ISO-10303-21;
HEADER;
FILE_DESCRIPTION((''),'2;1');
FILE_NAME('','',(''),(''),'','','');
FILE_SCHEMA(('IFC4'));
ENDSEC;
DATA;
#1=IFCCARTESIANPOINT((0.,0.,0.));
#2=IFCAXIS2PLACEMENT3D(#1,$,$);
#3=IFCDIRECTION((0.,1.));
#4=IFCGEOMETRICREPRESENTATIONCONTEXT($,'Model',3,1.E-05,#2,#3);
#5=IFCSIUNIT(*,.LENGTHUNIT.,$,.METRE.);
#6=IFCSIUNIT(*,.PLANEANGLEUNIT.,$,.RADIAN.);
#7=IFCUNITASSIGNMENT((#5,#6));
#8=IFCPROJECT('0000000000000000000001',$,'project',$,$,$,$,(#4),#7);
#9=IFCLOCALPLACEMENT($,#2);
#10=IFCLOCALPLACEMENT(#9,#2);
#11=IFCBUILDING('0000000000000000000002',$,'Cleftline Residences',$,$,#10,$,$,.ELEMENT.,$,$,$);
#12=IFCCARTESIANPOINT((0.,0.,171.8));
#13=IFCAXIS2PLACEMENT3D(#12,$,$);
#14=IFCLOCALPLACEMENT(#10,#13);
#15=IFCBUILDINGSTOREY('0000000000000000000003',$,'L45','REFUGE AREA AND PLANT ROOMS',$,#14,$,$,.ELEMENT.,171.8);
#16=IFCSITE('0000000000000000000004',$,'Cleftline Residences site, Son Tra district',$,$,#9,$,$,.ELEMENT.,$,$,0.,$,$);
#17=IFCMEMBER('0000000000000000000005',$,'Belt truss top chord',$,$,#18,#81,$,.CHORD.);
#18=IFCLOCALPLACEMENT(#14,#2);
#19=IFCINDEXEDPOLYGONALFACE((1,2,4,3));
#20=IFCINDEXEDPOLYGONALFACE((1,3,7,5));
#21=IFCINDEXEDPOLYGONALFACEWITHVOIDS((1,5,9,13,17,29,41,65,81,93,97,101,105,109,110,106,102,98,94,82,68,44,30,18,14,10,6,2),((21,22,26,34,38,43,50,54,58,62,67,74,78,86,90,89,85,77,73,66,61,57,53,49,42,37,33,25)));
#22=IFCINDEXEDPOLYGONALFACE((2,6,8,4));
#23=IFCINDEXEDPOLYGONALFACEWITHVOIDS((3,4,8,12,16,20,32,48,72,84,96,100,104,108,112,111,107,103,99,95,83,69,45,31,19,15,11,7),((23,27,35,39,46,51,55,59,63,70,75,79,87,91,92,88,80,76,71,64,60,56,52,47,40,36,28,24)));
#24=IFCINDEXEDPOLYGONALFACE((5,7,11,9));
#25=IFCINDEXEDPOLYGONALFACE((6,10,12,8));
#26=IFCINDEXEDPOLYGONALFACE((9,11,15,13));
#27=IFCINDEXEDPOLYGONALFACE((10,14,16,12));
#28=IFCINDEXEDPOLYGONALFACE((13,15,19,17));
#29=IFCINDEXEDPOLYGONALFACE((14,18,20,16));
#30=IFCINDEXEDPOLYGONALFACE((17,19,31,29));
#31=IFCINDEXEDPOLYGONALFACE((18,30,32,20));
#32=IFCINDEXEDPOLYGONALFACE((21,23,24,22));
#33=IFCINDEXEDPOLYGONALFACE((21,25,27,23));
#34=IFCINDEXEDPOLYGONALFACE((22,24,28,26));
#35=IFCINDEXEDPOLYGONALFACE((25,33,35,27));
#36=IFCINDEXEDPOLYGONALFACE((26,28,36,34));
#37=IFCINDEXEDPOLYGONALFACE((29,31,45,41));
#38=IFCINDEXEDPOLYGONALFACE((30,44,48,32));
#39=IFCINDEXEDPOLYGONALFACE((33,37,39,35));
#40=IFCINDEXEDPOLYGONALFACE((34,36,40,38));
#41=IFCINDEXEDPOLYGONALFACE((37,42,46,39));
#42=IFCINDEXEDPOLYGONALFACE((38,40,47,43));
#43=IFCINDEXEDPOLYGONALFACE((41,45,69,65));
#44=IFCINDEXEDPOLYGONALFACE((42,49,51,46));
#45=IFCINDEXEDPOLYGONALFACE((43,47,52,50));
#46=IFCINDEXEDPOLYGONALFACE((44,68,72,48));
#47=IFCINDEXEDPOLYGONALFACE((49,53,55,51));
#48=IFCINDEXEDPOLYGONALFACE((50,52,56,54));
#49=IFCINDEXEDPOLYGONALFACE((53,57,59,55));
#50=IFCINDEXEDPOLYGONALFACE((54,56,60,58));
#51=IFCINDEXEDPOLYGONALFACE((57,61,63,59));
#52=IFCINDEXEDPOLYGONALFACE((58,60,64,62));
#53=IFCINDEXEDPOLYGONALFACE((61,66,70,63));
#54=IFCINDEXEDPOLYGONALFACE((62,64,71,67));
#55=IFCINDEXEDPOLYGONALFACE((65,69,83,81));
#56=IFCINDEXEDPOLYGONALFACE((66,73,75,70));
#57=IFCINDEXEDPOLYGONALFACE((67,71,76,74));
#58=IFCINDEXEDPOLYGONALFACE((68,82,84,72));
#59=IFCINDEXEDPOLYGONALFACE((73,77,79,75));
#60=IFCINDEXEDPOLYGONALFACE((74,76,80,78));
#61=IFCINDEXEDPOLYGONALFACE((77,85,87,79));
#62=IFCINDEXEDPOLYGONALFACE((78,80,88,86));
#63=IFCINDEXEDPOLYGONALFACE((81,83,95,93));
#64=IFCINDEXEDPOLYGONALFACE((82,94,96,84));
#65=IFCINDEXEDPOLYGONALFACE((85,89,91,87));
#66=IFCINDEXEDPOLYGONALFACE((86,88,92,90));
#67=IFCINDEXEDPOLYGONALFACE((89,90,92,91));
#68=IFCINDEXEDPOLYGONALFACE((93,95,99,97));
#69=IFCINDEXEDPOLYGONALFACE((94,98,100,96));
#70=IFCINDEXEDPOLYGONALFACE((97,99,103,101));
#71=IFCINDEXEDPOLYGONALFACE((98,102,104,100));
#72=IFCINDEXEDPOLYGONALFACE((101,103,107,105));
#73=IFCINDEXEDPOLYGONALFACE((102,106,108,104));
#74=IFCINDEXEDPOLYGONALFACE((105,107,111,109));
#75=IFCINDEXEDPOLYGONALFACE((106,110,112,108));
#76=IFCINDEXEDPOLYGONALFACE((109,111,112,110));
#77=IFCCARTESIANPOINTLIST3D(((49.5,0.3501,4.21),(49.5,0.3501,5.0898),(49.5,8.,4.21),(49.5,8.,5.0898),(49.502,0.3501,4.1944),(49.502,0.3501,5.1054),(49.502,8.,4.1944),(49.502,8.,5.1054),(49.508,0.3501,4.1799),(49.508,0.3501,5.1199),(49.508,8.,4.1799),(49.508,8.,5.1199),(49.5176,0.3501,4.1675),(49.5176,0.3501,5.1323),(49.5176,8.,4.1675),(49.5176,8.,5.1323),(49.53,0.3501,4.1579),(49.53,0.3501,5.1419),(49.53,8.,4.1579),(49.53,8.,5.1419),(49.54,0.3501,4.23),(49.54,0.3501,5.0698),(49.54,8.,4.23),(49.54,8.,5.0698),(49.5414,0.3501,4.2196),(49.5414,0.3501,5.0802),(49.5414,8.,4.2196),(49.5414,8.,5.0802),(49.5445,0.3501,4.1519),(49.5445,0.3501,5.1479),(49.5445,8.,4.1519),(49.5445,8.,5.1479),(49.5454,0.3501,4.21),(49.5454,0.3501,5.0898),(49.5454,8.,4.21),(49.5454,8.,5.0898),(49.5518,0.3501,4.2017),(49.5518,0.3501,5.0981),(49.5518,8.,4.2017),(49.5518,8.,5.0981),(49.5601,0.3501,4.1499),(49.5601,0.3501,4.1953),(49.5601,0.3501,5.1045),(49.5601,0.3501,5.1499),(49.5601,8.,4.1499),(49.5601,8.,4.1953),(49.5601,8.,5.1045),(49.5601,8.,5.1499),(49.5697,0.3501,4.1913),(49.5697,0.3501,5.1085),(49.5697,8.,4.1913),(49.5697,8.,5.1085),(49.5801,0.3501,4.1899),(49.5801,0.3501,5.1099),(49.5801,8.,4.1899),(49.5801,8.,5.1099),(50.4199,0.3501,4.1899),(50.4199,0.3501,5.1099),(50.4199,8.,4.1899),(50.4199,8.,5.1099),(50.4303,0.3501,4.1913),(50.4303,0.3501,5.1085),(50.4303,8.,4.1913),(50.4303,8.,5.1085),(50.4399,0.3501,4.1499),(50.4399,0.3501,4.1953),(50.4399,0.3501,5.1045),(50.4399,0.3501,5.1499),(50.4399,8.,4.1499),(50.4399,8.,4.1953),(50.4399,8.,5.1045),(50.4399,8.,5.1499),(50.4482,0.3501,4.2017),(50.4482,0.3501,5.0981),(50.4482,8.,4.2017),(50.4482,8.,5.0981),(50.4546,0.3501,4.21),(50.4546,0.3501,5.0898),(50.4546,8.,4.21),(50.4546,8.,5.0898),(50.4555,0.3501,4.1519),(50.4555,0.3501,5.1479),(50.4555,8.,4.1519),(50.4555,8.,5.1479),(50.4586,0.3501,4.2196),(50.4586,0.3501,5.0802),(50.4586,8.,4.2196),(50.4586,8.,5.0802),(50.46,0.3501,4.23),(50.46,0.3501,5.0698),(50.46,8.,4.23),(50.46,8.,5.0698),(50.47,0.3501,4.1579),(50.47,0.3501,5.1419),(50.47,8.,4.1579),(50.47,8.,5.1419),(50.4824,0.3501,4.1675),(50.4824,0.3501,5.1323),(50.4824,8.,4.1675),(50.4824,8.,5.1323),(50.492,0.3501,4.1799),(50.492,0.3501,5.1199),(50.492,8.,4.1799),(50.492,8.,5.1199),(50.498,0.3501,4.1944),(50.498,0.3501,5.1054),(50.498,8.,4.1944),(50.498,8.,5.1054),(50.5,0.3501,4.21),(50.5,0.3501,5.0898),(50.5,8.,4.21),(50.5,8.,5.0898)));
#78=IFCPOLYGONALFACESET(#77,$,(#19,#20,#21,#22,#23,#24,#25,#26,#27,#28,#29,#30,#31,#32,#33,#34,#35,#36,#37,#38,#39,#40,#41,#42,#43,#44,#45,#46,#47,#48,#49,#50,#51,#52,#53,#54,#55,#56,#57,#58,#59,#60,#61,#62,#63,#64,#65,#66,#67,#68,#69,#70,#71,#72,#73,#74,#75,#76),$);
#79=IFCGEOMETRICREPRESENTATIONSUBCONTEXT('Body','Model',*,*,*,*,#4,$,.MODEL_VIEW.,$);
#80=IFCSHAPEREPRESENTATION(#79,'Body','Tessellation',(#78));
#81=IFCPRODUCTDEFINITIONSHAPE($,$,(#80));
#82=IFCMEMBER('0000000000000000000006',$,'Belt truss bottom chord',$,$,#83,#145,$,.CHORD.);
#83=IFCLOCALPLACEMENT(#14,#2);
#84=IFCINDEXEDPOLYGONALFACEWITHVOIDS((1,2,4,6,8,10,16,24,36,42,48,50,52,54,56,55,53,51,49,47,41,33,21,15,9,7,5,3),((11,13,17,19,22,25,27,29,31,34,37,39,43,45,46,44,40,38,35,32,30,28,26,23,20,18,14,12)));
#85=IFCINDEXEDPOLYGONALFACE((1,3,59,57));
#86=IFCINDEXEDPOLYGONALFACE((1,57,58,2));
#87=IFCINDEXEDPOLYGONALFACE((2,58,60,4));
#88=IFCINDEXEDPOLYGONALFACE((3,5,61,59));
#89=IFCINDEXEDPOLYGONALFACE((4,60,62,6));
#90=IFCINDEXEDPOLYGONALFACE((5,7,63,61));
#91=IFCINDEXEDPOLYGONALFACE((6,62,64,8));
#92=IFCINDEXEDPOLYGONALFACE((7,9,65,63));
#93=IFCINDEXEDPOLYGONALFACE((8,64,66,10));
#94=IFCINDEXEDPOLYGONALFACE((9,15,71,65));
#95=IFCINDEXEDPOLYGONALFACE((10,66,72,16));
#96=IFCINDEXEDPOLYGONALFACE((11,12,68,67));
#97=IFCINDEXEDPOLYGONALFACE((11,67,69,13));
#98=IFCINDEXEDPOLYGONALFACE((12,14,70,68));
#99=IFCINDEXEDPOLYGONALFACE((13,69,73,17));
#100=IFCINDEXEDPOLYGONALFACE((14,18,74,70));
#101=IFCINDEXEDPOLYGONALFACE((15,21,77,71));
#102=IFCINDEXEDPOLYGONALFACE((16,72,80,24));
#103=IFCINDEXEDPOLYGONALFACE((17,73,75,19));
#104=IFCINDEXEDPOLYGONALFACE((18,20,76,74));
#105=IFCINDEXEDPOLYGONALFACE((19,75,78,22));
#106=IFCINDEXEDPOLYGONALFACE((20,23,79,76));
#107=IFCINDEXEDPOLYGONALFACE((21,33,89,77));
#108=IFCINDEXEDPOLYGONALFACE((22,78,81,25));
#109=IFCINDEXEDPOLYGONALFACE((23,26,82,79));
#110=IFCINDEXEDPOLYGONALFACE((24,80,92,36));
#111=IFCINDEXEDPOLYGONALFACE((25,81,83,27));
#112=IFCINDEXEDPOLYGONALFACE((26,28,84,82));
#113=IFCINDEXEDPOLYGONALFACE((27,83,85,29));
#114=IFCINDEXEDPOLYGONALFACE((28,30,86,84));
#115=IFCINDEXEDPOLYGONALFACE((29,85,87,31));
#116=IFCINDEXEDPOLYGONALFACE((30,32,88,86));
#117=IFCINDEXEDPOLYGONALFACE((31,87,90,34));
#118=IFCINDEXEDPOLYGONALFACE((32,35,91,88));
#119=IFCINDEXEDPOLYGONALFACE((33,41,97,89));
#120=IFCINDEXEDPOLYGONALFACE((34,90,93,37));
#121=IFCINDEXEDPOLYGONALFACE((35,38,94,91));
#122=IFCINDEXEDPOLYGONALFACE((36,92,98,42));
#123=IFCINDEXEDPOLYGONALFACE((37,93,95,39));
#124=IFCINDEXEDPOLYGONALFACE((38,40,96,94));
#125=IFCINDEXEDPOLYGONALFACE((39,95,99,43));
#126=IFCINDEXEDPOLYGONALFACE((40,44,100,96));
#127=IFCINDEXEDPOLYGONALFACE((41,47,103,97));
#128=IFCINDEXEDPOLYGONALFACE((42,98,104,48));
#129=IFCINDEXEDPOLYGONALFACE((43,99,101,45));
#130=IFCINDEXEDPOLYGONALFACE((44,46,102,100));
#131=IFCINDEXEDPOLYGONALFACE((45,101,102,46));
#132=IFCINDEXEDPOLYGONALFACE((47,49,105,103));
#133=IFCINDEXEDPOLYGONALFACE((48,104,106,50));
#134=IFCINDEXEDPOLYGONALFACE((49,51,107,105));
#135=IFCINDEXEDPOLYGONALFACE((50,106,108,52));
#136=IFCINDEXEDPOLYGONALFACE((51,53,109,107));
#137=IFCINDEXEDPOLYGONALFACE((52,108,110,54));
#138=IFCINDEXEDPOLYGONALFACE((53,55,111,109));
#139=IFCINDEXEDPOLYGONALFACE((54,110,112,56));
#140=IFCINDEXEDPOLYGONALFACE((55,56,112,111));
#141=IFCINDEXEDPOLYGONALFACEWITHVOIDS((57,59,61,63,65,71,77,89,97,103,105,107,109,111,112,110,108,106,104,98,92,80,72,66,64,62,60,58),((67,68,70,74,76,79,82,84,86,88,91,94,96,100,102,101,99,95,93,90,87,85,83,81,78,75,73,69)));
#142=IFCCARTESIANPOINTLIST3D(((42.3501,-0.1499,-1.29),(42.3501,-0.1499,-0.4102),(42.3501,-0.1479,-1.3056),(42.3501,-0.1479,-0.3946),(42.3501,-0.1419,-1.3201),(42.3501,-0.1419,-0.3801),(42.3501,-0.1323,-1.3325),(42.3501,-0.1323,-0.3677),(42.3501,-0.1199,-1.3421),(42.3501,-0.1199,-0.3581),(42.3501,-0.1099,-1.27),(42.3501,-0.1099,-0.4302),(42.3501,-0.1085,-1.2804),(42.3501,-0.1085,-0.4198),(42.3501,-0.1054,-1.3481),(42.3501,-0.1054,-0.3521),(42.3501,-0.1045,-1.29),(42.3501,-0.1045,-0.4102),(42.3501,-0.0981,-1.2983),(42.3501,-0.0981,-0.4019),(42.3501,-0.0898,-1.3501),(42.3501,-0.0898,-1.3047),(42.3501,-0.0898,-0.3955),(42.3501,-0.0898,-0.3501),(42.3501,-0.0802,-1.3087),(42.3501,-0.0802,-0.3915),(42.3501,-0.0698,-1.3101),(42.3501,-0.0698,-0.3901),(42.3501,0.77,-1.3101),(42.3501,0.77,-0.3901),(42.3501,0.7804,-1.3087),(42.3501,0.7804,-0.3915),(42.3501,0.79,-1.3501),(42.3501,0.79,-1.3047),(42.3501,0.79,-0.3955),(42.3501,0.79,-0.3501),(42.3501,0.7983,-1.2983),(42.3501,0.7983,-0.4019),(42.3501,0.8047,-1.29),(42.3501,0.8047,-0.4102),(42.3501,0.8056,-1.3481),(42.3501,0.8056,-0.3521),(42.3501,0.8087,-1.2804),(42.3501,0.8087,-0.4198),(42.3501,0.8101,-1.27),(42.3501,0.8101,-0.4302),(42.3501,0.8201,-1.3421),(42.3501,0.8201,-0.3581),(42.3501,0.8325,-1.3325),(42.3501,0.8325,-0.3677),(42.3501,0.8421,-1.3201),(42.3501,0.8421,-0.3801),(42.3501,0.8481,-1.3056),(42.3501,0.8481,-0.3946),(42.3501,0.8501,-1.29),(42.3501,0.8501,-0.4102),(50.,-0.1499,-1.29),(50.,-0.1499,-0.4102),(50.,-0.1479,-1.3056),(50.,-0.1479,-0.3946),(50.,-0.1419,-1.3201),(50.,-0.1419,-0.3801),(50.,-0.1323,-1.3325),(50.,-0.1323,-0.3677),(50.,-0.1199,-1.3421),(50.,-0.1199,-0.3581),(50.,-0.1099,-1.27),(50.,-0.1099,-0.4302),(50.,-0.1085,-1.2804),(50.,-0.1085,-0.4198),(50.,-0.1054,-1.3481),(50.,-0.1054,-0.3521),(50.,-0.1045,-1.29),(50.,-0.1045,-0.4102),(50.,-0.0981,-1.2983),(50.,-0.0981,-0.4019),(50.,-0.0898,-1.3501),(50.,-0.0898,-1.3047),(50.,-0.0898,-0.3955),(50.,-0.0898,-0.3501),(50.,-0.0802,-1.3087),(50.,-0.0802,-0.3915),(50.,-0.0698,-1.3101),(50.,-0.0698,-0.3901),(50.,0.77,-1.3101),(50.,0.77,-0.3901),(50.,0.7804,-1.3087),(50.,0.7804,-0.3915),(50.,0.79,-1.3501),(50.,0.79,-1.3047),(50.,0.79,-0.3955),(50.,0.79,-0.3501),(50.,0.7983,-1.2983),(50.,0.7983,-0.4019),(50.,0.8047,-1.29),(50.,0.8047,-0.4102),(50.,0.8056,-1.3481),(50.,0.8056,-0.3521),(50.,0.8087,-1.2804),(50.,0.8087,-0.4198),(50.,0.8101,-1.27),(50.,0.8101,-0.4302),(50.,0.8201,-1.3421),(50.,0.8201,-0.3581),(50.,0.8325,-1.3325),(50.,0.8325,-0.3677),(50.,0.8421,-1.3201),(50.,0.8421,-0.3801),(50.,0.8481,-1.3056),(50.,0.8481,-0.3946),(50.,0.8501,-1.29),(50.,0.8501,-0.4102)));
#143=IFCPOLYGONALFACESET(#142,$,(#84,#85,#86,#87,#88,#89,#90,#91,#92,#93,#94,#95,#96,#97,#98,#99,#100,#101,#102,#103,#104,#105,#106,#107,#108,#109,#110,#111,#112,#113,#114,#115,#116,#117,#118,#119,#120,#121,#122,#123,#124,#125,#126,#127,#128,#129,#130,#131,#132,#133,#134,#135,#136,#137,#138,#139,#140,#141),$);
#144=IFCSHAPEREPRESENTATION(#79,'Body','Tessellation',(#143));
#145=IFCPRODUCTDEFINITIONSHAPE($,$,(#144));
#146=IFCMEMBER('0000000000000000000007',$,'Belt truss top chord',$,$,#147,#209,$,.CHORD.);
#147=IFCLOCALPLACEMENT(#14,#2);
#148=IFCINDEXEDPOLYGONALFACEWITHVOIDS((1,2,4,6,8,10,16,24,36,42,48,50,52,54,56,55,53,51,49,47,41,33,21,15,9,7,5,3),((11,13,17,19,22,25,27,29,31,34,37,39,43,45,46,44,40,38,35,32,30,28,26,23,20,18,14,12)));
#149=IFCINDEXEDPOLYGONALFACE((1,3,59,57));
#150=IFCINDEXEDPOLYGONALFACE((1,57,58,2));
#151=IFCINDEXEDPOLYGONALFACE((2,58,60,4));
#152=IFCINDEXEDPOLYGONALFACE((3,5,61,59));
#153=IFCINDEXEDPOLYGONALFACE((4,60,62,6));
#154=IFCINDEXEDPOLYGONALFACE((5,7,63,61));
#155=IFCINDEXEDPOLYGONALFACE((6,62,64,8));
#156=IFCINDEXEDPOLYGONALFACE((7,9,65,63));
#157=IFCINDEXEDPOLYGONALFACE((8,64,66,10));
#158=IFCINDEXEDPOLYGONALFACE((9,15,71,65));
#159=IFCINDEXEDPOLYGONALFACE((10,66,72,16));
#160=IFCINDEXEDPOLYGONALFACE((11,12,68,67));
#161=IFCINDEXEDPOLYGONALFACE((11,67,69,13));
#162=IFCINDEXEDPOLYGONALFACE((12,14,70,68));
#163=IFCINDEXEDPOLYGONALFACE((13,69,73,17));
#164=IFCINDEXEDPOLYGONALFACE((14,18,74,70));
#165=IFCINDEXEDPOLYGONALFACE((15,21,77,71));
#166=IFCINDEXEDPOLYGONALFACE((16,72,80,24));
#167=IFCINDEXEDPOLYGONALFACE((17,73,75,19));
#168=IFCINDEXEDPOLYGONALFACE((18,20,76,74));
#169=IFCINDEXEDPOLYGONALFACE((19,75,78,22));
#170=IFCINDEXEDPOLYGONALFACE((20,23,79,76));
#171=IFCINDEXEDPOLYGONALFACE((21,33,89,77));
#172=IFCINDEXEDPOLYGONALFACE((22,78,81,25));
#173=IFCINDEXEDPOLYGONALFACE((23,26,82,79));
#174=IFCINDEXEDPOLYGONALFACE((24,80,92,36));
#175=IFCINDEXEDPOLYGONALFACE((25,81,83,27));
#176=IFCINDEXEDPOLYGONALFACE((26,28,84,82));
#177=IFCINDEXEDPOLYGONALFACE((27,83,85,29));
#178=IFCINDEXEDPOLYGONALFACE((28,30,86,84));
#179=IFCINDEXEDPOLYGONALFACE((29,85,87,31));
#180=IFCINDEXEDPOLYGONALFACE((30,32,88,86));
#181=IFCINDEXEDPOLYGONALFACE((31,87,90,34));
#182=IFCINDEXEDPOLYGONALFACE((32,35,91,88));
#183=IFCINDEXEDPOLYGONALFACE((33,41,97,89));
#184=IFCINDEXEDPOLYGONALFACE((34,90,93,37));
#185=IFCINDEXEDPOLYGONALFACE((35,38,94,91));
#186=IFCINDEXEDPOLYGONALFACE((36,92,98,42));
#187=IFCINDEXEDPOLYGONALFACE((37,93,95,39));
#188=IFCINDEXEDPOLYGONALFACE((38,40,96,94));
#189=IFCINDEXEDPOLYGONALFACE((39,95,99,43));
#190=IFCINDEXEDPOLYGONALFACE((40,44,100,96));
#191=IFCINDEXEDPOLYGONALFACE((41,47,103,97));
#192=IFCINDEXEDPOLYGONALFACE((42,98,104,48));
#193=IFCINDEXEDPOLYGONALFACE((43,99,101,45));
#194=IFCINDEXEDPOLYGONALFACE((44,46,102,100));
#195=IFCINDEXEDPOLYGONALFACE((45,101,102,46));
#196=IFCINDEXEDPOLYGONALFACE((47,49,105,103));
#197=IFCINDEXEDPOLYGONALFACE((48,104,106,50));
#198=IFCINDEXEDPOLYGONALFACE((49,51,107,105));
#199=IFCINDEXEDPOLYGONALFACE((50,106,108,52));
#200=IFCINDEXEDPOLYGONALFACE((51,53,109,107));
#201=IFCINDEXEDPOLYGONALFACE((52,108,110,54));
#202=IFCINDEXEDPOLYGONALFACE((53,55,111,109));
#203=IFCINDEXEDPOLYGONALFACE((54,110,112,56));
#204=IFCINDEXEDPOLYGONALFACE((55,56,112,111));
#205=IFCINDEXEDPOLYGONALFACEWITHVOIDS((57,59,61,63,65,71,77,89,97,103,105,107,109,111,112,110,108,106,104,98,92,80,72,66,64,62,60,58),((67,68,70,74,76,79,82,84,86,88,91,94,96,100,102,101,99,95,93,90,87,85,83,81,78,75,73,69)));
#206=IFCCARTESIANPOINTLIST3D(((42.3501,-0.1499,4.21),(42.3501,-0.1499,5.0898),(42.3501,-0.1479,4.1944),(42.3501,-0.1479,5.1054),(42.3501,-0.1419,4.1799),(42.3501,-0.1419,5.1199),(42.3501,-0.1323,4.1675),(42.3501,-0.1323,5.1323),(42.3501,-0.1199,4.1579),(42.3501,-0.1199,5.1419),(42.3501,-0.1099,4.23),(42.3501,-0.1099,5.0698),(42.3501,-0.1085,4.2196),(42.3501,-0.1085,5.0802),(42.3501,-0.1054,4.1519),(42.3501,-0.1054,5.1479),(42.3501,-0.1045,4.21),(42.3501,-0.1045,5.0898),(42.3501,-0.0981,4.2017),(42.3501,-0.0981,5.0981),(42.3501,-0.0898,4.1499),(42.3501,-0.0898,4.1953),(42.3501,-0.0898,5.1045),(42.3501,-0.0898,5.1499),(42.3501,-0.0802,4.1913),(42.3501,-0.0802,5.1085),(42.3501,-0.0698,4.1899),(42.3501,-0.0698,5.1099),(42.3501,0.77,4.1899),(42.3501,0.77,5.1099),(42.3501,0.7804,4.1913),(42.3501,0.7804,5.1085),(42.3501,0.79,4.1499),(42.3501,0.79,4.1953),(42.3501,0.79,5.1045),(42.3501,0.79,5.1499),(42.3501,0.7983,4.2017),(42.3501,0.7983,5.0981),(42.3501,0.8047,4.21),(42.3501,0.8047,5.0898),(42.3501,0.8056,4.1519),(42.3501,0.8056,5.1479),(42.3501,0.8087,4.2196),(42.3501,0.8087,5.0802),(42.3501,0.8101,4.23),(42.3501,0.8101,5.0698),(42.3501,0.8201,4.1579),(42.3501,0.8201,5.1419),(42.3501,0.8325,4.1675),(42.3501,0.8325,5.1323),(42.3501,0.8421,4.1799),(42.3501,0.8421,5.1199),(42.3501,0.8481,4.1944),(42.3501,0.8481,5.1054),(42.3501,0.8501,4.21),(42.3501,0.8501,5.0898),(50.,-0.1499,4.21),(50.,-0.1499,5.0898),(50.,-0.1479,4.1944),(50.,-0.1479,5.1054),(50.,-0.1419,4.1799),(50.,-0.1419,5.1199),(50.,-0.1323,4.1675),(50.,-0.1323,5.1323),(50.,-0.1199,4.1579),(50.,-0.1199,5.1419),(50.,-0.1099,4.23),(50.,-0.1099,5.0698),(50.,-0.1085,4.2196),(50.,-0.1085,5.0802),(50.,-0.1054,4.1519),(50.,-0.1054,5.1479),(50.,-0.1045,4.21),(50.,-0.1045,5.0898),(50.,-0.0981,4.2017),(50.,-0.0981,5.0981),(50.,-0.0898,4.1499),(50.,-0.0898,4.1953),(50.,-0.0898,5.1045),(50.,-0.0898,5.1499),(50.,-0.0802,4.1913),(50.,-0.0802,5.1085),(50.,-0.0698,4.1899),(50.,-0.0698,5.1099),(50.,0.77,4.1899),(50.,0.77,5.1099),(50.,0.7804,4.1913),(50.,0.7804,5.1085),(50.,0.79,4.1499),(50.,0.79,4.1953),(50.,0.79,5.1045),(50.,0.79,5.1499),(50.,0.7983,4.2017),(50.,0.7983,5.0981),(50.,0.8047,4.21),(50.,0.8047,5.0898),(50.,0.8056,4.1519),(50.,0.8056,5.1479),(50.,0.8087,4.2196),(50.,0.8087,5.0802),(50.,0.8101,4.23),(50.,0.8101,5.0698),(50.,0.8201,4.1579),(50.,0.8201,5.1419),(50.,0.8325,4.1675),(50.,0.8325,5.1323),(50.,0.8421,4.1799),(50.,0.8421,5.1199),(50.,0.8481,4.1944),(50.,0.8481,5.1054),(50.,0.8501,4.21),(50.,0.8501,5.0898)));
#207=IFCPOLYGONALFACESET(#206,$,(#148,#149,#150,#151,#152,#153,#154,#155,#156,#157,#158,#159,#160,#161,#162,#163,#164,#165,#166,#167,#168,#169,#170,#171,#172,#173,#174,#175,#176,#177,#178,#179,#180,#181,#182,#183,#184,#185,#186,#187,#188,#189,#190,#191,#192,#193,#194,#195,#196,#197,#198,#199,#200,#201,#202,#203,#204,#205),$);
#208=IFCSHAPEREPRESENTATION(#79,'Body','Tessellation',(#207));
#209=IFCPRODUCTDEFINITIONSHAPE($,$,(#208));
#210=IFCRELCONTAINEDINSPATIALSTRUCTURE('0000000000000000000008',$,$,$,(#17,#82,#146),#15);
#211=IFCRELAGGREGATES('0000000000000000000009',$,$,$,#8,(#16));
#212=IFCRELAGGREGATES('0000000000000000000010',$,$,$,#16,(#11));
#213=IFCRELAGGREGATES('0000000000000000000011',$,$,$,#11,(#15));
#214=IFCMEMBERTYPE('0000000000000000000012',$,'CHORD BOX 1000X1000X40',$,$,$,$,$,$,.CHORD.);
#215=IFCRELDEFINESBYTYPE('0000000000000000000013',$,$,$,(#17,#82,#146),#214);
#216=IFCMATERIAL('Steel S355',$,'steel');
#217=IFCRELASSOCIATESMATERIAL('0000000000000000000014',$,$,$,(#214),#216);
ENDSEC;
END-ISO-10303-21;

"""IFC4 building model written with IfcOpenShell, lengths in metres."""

from ifc_helpers import new_model, si_unit, direction, frame, origin, origin_2d, place, context, subcontext, project, spatial, hollow_rectangle, extrude, material, material_profile, profile_set, type_object, element, save


model = new_model("IFC4")

# Units and contexts
model_context = context("Model", 3, precision=1e-05, world=origin(), true_north=direction((0.0, 1.0)))
body_context = subcontext(model_context, "Body", "Model", "MODEL_VIEW")
ifc_project = project(units=[si_unit("LENGTHUNIT", "METRE"), si_unit("PLANEANGLEUNIT", "RADIAN")], contexts=[model_context])

# Site, building, storey
site_placement = place(None, origin())
site = spatial("IfcSite", under=ifc_project, at=site_placement, Name="Cleftline Residences site, Son Tra district", CompositionType="ELEMENT", RefElevation=0.0)
building_placement = place(site_placement, origin())
building = spatial("IfcBuilding", under=site, at=building_placement, Name="Cleftline Residences", CompositionType="ELEMENT")
storey_placement = place(building_placement, frame((0.0, 0.0, 171.8)))
storey = spatial("IfcBuildingStorey", under=building, at=storey_placement, Name="L45", Description="REFUGE AREA AND PLANT ROOMS", CompositionType="ELEMENT", Elevation=171.8)

# Members
ifc_material_1 = material(Name="Steel S355", Category="steel")
ifc_material_profile_1 = material_profile(ifc_material_1, hollow_rectangle(XDim=1.0, YDim=1.0, WallThickness=0.04, InnerFilletRadius=0.04, OuterFilletRadius=0.0601, at=origin_2d()))
ifc_profile_set_1 = profile_set([ifc_material_profile_1], Name="Steel S355")
member_type_1 = type_object("IfcMemberType", Name="CHORD BOX 1000X1000X40", PredefinedType="CHORD", material=ifc_profile_set_1)
for number, where, z_axis, x_axis, name in (
    (1, (50.0, 0.3501, 4.6499), (0.0, 1.0, 0.0), (-1.0, 0.0, 0.0), "Belt truss top chord"),
    (2, (42.3501, 0.3501, -0.8501), (1.0, 0.0, 0.0), (0.0, 1.0, 0.0), "Belt truss bottom chord"),
    (3, (42.3501, 0.3501, 4.6499), (1.0, 0.0, 0.0), (0.0, 1.0, 0.0), "Belt truss top chord"),
):
    element("IfcMember", number, at=place(storey_placement, frame(where, z_axis=z_axis, x_axis=x_axis)), inside=storey, type_object=member_type_1, Name=name, PredefinedType="CHORD", context=body_context, shape_type="SweptSolid", body=[
        extrude(hollow_rectangle(XDim=1.0, YDim=1.0, WallThickness=0.04, InnerFilletRadius=0.04, OuterFilletRadius=0.0601, at=origin_2d()), origin(), (0.0, 0.0, 1.0), 7.6499),
    ])

save(model, "model.ifc")
